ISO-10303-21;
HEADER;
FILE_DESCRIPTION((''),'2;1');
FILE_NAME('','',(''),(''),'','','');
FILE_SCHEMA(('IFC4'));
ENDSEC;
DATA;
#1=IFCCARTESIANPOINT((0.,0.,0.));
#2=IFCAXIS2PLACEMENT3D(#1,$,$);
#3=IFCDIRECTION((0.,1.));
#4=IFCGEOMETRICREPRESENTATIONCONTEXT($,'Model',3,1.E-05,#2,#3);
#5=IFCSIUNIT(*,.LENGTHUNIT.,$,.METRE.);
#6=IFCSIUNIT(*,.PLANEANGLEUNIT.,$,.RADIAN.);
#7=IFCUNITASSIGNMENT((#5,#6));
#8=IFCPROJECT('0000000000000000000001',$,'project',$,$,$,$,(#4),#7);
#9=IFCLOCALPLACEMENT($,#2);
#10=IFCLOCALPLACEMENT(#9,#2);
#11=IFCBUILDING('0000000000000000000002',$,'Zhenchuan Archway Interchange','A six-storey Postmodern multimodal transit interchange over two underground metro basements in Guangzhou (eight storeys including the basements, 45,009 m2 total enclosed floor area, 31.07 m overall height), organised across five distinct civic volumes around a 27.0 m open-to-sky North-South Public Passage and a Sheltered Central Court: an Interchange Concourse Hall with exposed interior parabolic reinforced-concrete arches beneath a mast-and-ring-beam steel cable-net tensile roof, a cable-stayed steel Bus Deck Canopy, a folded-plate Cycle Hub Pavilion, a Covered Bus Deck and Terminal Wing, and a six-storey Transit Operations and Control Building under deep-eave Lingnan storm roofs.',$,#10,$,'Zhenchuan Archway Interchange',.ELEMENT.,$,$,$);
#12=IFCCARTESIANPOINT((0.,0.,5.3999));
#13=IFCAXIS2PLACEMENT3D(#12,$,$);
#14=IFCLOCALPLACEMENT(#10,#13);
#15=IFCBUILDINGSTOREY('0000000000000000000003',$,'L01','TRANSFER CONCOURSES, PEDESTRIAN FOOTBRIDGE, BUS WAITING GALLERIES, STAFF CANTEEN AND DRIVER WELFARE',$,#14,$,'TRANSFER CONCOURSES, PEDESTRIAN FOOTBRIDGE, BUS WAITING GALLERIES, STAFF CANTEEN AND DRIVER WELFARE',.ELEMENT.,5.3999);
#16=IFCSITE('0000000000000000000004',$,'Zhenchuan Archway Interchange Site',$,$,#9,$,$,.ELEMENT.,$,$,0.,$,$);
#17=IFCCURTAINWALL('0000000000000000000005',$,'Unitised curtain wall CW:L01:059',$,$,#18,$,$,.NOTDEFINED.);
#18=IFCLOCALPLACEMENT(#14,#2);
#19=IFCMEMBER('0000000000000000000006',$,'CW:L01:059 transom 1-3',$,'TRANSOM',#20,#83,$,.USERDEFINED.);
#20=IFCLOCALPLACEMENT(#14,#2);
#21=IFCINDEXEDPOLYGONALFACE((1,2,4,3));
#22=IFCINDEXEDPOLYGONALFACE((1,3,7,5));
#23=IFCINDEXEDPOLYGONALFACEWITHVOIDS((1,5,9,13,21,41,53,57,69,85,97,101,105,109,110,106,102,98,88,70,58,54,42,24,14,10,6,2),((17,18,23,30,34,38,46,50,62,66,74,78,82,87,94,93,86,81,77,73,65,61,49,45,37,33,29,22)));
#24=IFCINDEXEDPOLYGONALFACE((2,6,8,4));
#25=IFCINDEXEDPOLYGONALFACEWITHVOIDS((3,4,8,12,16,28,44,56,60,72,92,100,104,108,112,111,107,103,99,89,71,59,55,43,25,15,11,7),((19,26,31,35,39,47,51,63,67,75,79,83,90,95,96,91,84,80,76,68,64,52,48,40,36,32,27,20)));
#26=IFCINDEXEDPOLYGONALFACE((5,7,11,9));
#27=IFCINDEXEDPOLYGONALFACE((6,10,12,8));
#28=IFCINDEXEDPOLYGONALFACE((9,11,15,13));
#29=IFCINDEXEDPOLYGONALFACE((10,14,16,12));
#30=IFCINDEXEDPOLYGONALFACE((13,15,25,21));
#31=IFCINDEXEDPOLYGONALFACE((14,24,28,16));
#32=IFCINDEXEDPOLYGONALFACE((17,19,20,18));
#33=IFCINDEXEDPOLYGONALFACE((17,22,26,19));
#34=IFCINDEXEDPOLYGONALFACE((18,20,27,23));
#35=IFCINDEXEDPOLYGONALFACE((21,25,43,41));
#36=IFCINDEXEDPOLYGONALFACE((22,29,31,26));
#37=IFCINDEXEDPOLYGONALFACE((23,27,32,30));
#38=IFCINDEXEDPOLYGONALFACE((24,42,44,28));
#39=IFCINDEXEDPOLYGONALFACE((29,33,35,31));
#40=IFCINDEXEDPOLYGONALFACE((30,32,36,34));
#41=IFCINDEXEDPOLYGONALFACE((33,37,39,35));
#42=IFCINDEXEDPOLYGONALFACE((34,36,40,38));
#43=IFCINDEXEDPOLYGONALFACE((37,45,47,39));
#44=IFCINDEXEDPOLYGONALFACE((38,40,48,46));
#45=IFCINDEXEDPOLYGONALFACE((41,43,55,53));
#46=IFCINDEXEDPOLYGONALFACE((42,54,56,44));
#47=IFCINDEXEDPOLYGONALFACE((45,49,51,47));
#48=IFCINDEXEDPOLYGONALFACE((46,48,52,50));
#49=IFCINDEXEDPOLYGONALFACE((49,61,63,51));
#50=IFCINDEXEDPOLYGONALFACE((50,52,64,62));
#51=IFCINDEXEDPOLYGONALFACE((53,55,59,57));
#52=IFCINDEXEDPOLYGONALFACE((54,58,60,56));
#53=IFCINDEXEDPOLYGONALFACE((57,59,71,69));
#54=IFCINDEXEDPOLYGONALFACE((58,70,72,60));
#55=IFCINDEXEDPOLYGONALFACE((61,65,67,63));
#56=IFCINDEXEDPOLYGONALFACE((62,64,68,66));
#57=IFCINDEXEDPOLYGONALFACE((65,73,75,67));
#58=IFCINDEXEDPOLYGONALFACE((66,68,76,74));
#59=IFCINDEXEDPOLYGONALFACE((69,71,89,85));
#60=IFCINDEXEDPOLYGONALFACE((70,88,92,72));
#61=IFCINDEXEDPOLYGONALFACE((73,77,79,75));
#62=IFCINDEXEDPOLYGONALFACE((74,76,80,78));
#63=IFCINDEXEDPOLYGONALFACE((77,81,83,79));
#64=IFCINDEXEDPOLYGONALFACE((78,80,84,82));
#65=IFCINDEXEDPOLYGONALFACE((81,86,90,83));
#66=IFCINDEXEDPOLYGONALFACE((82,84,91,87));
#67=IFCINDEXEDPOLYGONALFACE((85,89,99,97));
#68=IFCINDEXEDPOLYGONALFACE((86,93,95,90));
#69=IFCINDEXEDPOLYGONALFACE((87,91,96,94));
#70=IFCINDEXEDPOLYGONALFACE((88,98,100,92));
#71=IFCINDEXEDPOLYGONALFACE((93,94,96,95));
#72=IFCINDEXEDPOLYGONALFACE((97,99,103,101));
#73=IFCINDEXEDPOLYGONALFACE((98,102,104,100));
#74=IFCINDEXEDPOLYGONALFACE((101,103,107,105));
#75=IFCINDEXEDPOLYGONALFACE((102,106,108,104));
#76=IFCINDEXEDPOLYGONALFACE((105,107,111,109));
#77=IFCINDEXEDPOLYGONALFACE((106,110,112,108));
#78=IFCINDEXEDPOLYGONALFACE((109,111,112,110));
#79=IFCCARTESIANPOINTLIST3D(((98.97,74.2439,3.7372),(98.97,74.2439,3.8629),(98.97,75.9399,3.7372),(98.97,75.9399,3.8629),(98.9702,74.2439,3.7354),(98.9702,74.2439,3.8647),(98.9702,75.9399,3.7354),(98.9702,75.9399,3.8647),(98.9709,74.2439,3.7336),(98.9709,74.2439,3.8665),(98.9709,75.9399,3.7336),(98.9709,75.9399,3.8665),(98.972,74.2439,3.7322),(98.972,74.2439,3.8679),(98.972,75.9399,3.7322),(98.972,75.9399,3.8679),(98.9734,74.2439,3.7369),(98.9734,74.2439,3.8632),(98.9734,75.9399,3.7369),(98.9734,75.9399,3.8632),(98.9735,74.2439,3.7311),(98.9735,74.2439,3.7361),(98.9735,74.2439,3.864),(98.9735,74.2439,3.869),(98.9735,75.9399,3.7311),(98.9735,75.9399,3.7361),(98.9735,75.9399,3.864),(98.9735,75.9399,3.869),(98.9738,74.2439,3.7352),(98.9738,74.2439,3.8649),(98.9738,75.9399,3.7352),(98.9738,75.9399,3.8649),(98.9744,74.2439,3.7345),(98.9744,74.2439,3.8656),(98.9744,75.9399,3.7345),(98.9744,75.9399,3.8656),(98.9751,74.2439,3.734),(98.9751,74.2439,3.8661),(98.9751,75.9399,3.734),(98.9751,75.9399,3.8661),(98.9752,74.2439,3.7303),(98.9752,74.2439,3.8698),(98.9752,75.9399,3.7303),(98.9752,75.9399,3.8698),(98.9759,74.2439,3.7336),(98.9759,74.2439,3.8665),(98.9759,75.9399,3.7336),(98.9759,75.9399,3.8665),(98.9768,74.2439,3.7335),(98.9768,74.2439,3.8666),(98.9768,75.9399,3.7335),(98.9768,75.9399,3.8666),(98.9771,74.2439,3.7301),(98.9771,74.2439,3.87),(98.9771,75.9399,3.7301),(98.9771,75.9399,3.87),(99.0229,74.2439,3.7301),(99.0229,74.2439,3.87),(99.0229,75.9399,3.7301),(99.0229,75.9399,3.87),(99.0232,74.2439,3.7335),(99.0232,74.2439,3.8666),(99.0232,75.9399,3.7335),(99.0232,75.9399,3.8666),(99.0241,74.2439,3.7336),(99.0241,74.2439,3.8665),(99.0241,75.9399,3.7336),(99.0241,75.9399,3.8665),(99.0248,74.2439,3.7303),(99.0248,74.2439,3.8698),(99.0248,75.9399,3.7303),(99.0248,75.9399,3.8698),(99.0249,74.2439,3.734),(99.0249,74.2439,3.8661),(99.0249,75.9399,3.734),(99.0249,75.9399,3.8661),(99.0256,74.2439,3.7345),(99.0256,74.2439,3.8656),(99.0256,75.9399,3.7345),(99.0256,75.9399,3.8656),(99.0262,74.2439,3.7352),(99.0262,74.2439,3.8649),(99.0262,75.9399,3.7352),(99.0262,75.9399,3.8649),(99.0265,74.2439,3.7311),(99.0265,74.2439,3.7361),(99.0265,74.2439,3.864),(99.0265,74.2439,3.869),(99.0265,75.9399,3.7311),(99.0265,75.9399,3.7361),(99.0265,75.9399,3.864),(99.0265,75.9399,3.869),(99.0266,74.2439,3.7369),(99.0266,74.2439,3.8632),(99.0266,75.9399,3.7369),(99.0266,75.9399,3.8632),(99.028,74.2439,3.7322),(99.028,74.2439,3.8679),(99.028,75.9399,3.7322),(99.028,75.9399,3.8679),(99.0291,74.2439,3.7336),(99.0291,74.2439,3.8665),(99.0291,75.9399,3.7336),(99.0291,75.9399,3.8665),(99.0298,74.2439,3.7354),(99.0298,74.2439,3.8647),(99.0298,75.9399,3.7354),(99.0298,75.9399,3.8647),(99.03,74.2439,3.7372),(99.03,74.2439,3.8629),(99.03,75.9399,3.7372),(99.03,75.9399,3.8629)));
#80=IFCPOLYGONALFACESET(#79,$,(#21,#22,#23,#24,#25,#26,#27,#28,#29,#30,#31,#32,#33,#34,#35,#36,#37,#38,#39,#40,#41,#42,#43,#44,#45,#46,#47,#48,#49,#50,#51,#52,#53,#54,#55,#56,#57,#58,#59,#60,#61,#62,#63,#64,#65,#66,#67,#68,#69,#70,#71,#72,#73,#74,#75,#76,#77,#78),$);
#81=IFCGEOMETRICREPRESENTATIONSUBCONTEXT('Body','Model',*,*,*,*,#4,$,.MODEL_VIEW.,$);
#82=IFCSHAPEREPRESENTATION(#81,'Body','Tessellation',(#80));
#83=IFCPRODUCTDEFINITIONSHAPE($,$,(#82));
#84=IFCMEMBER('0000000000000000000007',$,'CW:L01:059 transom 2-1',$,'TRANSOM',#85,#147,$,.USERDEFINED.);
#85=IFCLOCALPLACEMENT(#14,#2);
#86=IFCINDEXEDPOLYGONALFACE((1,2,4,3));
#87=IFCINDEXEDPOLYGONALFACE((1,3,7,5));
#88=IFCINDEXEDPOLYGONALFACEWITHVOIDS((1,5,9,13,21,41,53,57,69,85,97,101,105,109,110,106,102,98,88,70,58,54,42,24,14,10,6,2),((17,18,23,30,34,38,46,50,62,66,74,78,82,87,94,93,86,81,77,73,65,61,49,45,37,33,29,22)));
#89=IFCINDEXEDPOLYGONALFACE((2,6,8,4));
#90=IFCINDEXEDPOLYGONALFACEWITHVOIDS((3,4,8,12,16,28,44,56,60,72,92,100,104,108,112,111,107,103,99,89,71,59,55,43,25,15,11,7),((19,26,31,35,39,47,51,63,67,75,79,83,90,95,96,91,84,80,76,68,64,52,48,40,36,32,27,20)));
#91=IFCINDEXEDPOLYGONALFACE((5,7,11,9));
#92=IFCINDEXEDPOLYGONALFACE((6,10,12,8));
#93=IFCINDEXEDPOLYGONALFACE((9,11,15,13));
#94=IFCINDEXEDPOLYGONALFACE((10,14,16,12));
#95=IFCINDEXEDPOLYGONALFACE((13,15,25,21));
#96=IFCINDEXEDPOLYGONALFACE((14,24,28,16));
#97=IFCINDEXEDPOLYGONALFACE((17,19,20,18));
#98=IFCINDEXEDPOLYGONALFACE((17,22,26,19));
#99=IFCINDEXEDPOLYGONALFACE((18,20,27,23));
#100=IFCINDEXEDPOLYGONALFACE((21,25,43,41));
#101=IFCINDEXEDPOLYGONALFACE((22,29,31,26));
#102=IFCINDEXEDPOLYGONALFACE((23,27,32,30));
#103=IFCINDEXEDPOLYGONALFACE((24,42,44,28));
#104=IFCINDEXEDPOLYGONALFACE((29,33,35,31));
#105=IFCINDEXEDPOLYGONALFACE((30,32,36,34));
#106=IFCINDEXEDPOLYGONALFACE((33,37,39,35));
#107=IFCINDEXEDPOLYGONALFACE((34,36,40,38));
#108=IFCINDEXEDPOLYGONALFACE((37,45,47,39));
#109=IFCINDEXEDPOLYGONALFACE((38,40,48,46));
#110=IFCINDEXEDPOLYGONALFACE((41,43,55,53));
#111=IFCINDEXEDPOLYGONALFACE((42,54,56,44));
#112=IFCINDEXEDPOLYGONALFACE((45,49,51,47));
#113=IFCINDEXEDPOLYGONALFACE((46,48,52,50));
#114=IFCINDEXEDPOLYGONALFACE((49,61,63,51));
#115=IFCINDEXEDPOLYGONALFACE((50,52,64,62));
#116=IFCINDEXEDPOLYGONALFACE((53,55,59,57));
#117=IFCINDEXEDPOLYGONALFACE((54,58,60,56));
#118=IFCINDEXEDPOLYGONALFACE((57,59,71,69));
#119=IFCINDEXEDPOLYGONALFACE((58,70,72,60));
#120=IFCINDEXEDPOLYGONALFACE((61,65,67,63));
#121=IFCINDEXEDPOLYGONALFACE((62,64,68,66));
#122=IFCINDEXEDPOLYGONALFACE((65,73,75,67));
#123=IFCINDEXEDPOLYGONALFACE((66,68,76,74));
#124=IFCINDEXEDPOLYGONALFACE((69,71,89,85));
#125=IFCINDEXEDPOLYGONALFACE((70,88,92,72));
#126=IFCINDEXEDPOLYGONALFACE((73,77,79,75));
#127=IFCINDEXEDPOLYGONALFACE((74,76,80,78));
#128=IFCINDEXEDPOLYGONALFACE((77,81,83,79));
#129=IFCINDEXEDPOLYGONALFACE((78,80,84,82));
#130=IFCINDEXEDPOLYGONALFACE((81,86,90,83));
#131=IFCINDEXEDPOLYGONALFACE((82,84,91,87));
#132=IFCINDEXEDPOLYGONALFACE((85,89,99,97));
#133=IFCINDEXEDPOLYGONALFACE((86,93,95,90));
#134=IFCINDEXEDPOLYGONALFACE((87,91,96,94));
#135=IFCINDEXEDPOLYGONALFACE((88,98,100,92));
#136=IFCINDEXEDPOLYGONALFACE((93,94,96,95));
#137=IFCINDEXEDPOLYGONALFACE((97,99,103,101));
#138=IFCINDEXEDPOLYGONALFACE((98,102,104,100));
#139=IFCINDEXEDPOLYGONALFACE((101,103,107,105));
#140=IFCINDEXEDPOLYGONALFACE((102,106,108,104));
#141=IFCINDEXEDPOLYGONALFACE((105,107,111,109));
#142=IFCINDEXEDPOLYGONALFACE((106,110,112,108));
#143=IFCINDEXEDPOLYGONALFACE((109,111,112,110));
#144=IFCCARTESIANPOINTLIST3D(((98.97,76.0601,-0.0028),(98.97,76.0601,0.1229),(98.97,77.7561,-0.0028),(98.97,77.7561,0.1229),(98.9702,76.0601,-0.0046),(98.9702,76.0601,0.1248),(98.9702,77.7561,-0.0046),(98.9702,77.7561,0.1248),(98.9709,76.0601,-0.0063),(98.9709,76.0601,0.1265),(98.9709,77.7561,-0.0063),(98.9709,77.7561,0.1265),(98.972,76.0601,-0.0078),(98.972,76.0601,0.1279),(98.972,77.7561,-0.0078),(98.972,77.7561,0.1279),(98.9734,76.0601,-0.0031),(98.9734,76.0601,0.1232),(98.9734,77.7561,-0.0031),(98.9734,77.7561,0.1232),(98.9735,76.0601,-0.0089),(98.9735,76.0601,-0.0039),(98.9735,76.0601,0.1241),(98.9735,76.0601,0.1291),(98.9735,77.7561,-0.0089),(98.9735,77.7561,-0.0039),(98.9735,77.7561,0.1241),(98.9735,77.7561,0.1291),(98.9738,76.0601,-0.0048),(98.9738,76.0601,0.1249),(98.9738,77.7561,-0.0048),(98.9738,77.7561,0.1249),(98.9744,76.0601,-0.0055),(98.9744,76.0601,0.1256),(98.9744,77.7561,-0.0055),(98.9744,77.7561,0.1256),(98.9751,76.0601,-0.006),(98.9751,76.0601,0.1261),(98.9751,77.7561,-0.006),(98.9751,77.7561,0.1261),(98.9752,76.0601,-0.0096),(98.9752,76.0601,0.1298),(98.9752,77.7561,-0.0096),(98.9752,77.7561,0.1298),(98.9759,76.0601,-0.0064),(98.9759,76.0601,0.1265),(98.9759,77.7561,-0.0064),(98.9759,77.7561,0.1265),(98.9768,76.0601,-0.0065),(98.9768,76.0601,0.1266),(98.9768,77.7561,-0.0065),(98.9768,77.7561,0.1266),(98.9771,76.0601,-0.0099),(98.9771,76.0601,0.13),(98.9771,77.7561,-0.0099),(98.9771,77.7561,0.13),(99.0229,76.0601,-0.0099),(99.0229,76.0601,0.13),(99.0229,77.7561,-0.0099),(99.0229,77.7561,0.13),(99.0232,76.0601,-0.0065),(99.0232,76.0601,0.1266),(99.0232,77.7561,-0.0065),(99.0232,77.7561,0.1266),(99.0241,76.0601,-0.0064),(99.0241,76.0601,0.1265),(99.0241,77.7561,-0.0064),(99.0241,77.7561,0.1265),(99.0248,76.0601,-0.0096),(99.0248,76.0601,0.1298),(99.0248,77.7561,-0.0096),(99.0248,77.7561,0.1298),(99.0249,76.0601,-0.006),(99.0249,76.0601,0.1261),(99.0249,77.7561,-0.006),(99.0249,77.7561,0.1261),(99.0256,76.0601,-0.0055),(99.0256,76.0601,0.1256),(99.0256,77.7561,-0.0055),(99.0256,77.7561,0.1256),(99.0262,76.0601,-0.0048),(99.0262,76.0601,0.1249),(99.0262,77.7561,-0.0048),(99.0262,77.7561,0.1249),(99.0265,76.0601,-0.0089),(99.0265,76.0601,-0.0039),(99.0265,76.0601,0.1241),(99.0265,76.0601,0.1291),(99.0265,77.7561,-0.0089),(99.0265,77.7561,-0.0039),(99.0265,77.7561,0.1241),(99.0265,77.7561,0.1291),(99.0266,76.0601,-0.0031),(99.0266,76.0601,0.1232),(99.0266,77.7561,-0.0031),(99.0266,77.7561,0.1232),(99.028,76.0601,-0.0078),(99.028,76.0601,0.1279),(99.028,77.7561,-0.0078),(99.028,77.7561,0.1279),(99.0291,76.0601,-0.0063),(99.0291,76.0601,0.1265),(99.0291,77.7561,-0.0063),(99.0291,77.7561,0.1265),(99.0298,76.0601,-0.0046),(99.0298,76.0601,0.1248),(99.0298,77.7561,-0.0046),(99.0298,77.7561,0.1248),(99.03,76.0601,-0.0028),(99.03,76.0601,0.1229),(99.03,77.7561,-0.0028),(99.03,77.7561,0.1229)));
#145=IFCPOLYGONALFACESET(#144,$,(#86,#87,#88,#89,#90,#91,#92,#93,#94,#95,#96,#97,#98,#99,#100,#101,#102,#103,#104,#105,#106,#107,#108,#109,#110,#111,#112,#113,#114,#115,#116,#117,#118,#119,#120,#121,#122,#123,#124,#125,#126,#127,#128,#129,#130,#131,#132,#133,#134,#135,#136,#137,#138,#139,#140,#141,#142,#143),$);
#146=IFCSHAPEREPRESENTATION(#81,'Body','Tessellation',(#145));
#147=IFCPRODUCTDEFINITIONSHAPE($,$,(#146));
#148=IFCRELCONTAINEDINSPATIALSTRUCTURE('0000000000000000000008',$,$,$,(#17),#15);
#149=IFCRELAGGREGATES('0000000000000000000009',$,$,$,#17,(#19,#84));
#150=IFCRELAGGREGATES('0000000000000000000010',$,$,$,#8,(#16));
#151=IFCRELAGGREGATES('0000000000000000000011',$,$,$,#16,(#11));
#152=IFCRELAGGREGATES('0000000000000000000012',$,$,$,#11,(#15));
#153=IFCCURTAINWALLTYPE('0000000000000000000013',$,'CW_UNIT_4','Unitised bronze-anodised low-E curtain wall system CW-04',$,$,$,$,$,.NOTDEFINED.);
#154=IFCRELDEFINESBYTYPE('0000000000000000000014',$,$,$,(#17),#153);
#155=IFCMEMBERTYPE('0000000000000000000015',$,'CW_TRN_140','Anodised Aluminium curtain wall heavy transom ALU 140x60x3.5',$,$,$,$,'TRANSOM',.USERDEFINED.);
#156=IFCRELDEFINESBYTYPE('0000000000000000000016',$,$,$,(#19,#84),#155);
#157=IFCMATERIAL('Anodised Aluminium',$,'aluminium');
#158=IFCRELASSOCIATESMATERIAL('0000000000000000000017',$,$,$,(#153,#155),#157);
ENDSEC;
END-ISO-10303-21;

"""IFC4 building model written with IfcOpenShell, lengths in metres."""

from ifc_helpers import new_model, si_unit, direction, frame, origin, origin_2d, place, context, subcontext, project, spatial, hollow_rectangle, extrude, material, material_profile, profile_set, type_object, element, aggregate, save


model = new_model("IFC4")

# Units and contexts
model_context = context("Model", 3, precision=1e-05, world=origin(), true_north=direction((0.0, 1.0)))
body_context = subcontext(model_context, "Body", "Model", "MODEL_VIEW")
ifc_project = project(units=[si_unit("LENGTHUNIT", "METRE"), si_unit("PLANEANGLEUNIT", "RADIAN")], contexts=[model_context])

# Site, building, storey
site_placement = place(None, origin())
site = spatial("IfcSite", under=ifc_project, at=site_placement, Name="Zhenchuan Archway Interchange Site", CompositionType="ELEMENT", RefElevation=0.0)
building_placement = place(site_placement, origin())
building = spatial("IfcBuilding", under=site, at=building_placement, Name="Zhenchuan Archway Interchange", Description="A six-storey Postmodern multimodal transit interchange over two underground metro basements in Guangzhou (eight storeys including the basements, 45,009 m2 total enclosed floor area, 31.07 m overall height), organised across five distinct civic volumes around a 27.0 m open-to-sky North-South Public Passage and a Sheltered Central Court: an Interchange Concourse Hall with exposed interior parabolic reinforced-concrete arches beneath a mast-and-ring-beam steel cable-net tensile roof, a cable-stayed steel Bus Deck Canopy, a folded-plate Cycle Hub Pavilion, a Covered Bus Deck and Terminal Wing, and a six-storey Transit Operations and Control Building under deep-eave Lingnan storm roofs.", LongName="Zhenchuan Archway Interchange", CompositionType="ELEMENT")
storey_placement = place(building_placement, frame((0.0, 0.0, 5.3999)))
storey = spatial("IfcBuildingStorey", under=building, at=storey_placement, Name="L01", Description="TRANSFER CONCOURSES, PEDESTRIAN FOOTBRIDGE, BUS WAITING GALLERIES, STAFF CANTEEN AND DRIVER WELFARE", LongName="TRANSFER CONCOURSES, PEDESTRIAN FOOTBRIDGE, BUS WAITING GALLERIES, STAFF CANTEEN AND DRIVER WELFARE", CompositionType="ELEMENT", Elevation=5.3999)

# Curtain wall, members
ifc_material_1 = material(Name="Anodised Aluminium", Category="aluminium")
curtain_wall_type = type_object("IfcCurtainWallType", Name="CW_UNIT_4", Description="Unitised bronze-anodised low-E curtain wall system CW-04", PredefinedType="NOTDEFINED", material=ifc_material_1)
curtain_wall_placement = place(storey_placement, origin())
curtain_wall = element("IfcCurtainWall", 1, at=curtain_wall_placement, inside=storey, type_object=curtain_wall_type, Name="Unitised curtain wall CW:L01:059", PredefinedType="NOTDEFINED")
ifc_material_profile_1 = material_profile(ifc_material_1, hollow_rectangle(XDim=0.0601, YDim=0.1399, WallThickness=0.0034, InnerFilletRadius=0.0034, OuterFilletRadius=0.0071, at=origin_2d()), Name="ALU 140x60x3.5")
ifc_profile_set_1 = profile_set([ifc_material_profile_1], Name="Anodised Aluminium")
member_type_1 = type_object("IfcMemberType", Name="CW_TRN_140", Description="Anodised Aluminium curtain wall heavy transom ALU 140x60x3.5", ElementType="TRANSOM", PredefinedType="USERDEFINED", material=ifc_profile_set_1)
member_1_placement = place(storey_placement, frame((99.0, 74.2439, 3.8), z_axis=(0.0, 1.0, 0.0), x_axis=(-1.0, 0.0, 0.0)))
member_1 = element("IfcMember", 2, at=member_1_placement, type_object=member_type_1, Name="CW:L01:059 transom 1-3", ObjectType="TRANSOM", PredefinedType="USERDEFINED", context=body_context, shape_type="SweptSolid", body=[
    extrude(hollow_rectangle(XDim=0.0601, YDim=0.1399, WallThickness=0.0034, InnerFilletRadius=0.0034, OuterFilletRadius=0.0071, at=origin_2d()), origin(), (0.0, 0.0, 1.0), 1.696),
])
member_2_placement = place(storey_placement, frame((99.0, 76.0601, 0.0601), z_axis=(0.0, 1.0, 0.0), x_axis=(-1.0, 0.0, 0.0)))
member_2 = element("IfcMember", 3, at=member_2_placement, type_object=member_type_1, Name="CW:L01:059 transom 2-1", ObjectType="TRANSOM", PredefinedType="USERDEFINED", context=body_context, shape_type="SweptSolid", body=[
    extrude(hollow_rectangle(XDim=0.0601, YDim=0.1399, WallThickness=0.0034, InnerFilletRadius=0.0034, OuterFilletRadius=0.0071, at=origin_2d()), origin(), (0.0, 0.0, 1.0), 1.696),
])
aggregate(curtain_wall, [member_1, member_2])

save(model, "model.ifc")
